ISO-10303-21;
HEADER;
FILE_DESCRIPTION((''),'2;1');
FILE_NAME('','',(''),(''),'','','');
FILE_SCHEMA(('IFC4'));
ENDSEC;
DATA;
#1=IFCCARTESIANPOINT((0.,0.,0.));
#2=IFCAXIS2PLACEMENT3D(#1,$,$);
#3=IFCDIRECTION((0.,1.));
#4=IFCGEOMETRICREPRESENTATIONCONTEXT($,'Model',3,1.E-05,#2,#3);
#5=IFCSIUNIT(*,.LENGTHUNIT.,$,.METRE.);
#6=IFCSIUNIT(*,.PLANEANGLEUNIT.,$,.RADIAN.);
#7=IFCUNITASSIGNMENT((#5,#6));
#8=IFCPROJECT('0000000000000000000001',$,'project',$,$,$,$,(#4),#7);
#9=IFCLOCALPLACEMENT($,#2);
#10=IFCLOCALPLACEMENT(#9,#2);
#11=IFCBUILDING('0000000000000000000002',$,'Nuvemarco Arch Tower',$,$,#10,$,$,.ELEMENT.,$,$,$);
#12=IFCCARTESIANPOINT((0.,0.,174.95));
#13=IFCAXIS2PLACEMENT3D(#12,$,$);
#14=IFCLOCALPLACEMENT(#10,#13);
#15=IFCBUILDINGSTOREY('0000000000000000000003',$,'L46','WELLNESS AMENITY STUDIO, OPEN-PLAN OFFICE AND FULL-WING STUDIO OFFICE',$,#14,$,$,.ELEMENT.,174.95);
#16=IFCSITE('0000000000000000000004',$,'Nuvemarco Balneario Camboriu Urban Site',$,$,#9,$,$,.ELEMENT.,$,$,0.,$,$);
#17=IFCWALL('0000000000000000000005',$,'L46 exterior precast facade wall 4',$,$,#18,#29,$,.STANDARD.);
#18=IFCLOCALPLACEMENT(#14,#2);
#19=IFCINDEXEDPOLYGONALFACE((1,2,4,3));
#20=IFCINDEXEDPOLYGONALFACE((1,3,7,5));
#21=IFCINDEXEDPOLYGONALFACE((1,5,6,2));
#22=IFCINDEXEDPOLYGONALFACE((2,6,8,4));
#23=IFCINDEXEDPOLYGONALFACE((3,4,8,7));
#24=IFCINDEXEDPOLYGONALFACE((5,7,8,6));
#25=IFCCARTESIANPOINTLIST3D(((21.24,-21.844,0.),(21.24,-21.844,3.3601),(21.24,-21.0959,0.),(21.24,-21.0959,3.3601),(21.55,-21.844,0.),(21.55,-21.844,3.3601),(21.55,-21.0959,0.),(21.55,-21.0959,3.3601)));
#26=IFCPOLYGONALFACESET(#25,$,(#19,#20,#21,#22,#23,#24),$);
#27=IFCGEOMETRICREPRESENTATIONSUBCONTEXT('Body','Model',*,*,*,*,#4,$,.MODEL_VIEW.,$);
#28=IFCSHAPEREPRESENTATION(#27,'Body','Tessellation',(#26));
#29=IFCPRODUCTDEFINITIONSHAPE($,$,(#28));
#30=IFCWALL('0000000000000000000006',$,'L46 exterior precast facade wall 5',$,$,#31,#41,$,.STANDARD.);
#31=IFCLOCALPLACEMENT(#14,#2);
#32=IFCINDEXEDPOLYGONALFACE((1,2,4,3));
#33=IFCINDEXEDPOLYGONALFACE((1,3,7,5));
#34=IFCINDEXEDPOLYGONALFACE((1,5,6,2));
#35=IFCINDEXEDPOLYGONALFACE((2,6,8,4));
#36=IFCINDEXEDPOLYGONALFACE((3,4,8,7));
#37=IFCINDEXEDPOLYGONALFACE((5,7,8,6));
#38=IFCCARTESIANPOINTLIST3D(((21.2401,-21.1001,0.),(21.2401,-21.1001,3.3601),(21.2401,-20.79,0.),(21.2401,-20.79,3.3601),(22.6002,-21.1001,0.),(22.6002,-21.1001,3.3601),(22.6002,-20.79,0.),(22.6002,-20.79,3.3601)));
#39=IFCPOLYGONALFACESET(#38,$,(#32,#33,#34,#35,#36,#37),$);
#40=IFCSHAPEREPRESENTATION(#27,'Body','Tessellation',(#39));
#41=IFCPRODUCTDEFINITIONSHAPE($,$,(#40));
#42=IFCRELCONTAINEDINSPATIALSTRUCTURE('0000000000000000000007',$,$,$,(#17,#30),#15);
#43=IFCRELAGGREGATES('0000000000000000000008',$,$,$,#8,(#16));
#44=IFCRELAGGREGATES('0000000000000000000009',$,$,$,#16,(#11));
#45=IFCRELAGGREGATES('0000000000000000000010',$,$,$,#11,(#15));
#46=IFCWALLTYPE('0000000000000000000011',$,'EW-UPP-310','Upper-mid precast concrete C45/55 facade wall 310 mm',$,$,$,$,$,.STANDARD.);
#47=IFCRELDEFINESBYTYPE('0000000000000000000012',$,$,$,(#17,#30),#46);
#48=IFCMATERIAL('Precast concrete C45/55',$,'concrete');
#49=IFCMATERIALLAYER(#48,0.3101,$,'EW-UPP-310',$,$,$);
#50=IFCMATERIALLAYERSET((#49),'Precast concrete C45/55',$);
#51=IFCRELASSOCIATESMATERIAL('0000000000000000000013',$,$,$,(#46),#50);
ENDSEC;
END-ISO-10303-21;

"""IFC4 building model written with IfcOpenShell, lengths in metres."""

from ifc_helpers import new_model, si_unit, direction, frame, frame_2d, origin, place, context, subcontext, project, spatial, rectangle, extrude, material, layer, layer_set, type_object, element, save


model = new_model("IFC4")

# Units and contexts
model_context = context("Model", 3, precision=1e-05, world=origin(), true_north=direction((0.0, 1.0)))
body_context = subcontext(model_context, "Body", "Model", "MODEL_VIEW")
ifc_project = project(units=[si_unit("LENGTHUNIT", "METRE"), si_unit("PLANEANGLEUNIT", "RADIAN")], contexts=[model_context])

# Site, building, storey
site_placement = place(None, origin())
site = spatial("IfcSite", under=ifc_project, at=site_placement, Name="Nuvemarco Balneario Camboriu Urban Site", CompositionType="ELEMENT", RefElevation=0.0)
building_placement = place(site_placement, origin())
building = spatial("IfcBuilding", under=site, at=building_placement, Name="Nuvemarco Arch Tower", CompositionType="ELEMENT")
storey_placement = place(building_placement, frame((0.0, 0.0, 174.95)))
storey = spatial("IfcBuildingStorey", under=building, at=storey_placement, Name="L46", Description="WELLNESS AMENITY STUDIO, OPEN-PLAN OFFICE AND FULL-WING STUDIO OFFICE", CompositionType="ELEMENT", Elevation=174.95)

# Shared definitions
ifc_material_1 = material(Name="Precast concrete C45/55", Category="concrete")

# Walls
ifc_layer_1 = layer(ifc_material_1, 0.3101, Name="EW-UPP-310")
ifc_layer_set_1 = layer_set([ifc_layer_1], Name="Precast concrete C45/55")
wall_type_1 = type_object("IfcWallType", Name="EW-UPP-310", Description="Upper-mid precast concrete C45/55 facade wall 310 mm", PredefinedType="STANDARD", material=ifc_layer_set_1)
wall_1_placement = place(storey_placement, frame((21.395, -21.844, 0.0), z_axis=(0.0, 0.0, 1.0), x_axis=(0.0, 1.0, 0.0)))
element("IfcWall", 1, at=wall_1_placement, inside=storey, type_object=wall_type_1, Name="L46 exterior precast facade wall 4", PredefinedType="STANDARD", context=body_context, shape_type="SweptSolid", body=[
    extrude(rectangle(XDim=0.748, YDim=0.3101, at=frame_2d((0.374, 0.0))), origin(), (0.0, 0.0, 1.0), 3.3601),
])
wall_2_placement = place(storey_placement, frame((21.24, -20.9451, 0.0), z_axis=(0.0, 0.0, 1.0), x_axis=(1.0, 0.0, 0.0)))
element("IfcWall", 2, at=wall_2_placement, inside=storey, type_object=wall_type_1, Name="L46 exterior precast facade wall 5", PredefinedType="STANDARD", context=body_context, shape_type="SweptSolid", body=[
    extrude(rectangle(XDim=1.3601, YDim=0.3101, at=frame_2d((0.6802, 0.0))), origin(), (0.0, 0.0, 1.0), 3.3601),
])

save(model, "model.ifc")
